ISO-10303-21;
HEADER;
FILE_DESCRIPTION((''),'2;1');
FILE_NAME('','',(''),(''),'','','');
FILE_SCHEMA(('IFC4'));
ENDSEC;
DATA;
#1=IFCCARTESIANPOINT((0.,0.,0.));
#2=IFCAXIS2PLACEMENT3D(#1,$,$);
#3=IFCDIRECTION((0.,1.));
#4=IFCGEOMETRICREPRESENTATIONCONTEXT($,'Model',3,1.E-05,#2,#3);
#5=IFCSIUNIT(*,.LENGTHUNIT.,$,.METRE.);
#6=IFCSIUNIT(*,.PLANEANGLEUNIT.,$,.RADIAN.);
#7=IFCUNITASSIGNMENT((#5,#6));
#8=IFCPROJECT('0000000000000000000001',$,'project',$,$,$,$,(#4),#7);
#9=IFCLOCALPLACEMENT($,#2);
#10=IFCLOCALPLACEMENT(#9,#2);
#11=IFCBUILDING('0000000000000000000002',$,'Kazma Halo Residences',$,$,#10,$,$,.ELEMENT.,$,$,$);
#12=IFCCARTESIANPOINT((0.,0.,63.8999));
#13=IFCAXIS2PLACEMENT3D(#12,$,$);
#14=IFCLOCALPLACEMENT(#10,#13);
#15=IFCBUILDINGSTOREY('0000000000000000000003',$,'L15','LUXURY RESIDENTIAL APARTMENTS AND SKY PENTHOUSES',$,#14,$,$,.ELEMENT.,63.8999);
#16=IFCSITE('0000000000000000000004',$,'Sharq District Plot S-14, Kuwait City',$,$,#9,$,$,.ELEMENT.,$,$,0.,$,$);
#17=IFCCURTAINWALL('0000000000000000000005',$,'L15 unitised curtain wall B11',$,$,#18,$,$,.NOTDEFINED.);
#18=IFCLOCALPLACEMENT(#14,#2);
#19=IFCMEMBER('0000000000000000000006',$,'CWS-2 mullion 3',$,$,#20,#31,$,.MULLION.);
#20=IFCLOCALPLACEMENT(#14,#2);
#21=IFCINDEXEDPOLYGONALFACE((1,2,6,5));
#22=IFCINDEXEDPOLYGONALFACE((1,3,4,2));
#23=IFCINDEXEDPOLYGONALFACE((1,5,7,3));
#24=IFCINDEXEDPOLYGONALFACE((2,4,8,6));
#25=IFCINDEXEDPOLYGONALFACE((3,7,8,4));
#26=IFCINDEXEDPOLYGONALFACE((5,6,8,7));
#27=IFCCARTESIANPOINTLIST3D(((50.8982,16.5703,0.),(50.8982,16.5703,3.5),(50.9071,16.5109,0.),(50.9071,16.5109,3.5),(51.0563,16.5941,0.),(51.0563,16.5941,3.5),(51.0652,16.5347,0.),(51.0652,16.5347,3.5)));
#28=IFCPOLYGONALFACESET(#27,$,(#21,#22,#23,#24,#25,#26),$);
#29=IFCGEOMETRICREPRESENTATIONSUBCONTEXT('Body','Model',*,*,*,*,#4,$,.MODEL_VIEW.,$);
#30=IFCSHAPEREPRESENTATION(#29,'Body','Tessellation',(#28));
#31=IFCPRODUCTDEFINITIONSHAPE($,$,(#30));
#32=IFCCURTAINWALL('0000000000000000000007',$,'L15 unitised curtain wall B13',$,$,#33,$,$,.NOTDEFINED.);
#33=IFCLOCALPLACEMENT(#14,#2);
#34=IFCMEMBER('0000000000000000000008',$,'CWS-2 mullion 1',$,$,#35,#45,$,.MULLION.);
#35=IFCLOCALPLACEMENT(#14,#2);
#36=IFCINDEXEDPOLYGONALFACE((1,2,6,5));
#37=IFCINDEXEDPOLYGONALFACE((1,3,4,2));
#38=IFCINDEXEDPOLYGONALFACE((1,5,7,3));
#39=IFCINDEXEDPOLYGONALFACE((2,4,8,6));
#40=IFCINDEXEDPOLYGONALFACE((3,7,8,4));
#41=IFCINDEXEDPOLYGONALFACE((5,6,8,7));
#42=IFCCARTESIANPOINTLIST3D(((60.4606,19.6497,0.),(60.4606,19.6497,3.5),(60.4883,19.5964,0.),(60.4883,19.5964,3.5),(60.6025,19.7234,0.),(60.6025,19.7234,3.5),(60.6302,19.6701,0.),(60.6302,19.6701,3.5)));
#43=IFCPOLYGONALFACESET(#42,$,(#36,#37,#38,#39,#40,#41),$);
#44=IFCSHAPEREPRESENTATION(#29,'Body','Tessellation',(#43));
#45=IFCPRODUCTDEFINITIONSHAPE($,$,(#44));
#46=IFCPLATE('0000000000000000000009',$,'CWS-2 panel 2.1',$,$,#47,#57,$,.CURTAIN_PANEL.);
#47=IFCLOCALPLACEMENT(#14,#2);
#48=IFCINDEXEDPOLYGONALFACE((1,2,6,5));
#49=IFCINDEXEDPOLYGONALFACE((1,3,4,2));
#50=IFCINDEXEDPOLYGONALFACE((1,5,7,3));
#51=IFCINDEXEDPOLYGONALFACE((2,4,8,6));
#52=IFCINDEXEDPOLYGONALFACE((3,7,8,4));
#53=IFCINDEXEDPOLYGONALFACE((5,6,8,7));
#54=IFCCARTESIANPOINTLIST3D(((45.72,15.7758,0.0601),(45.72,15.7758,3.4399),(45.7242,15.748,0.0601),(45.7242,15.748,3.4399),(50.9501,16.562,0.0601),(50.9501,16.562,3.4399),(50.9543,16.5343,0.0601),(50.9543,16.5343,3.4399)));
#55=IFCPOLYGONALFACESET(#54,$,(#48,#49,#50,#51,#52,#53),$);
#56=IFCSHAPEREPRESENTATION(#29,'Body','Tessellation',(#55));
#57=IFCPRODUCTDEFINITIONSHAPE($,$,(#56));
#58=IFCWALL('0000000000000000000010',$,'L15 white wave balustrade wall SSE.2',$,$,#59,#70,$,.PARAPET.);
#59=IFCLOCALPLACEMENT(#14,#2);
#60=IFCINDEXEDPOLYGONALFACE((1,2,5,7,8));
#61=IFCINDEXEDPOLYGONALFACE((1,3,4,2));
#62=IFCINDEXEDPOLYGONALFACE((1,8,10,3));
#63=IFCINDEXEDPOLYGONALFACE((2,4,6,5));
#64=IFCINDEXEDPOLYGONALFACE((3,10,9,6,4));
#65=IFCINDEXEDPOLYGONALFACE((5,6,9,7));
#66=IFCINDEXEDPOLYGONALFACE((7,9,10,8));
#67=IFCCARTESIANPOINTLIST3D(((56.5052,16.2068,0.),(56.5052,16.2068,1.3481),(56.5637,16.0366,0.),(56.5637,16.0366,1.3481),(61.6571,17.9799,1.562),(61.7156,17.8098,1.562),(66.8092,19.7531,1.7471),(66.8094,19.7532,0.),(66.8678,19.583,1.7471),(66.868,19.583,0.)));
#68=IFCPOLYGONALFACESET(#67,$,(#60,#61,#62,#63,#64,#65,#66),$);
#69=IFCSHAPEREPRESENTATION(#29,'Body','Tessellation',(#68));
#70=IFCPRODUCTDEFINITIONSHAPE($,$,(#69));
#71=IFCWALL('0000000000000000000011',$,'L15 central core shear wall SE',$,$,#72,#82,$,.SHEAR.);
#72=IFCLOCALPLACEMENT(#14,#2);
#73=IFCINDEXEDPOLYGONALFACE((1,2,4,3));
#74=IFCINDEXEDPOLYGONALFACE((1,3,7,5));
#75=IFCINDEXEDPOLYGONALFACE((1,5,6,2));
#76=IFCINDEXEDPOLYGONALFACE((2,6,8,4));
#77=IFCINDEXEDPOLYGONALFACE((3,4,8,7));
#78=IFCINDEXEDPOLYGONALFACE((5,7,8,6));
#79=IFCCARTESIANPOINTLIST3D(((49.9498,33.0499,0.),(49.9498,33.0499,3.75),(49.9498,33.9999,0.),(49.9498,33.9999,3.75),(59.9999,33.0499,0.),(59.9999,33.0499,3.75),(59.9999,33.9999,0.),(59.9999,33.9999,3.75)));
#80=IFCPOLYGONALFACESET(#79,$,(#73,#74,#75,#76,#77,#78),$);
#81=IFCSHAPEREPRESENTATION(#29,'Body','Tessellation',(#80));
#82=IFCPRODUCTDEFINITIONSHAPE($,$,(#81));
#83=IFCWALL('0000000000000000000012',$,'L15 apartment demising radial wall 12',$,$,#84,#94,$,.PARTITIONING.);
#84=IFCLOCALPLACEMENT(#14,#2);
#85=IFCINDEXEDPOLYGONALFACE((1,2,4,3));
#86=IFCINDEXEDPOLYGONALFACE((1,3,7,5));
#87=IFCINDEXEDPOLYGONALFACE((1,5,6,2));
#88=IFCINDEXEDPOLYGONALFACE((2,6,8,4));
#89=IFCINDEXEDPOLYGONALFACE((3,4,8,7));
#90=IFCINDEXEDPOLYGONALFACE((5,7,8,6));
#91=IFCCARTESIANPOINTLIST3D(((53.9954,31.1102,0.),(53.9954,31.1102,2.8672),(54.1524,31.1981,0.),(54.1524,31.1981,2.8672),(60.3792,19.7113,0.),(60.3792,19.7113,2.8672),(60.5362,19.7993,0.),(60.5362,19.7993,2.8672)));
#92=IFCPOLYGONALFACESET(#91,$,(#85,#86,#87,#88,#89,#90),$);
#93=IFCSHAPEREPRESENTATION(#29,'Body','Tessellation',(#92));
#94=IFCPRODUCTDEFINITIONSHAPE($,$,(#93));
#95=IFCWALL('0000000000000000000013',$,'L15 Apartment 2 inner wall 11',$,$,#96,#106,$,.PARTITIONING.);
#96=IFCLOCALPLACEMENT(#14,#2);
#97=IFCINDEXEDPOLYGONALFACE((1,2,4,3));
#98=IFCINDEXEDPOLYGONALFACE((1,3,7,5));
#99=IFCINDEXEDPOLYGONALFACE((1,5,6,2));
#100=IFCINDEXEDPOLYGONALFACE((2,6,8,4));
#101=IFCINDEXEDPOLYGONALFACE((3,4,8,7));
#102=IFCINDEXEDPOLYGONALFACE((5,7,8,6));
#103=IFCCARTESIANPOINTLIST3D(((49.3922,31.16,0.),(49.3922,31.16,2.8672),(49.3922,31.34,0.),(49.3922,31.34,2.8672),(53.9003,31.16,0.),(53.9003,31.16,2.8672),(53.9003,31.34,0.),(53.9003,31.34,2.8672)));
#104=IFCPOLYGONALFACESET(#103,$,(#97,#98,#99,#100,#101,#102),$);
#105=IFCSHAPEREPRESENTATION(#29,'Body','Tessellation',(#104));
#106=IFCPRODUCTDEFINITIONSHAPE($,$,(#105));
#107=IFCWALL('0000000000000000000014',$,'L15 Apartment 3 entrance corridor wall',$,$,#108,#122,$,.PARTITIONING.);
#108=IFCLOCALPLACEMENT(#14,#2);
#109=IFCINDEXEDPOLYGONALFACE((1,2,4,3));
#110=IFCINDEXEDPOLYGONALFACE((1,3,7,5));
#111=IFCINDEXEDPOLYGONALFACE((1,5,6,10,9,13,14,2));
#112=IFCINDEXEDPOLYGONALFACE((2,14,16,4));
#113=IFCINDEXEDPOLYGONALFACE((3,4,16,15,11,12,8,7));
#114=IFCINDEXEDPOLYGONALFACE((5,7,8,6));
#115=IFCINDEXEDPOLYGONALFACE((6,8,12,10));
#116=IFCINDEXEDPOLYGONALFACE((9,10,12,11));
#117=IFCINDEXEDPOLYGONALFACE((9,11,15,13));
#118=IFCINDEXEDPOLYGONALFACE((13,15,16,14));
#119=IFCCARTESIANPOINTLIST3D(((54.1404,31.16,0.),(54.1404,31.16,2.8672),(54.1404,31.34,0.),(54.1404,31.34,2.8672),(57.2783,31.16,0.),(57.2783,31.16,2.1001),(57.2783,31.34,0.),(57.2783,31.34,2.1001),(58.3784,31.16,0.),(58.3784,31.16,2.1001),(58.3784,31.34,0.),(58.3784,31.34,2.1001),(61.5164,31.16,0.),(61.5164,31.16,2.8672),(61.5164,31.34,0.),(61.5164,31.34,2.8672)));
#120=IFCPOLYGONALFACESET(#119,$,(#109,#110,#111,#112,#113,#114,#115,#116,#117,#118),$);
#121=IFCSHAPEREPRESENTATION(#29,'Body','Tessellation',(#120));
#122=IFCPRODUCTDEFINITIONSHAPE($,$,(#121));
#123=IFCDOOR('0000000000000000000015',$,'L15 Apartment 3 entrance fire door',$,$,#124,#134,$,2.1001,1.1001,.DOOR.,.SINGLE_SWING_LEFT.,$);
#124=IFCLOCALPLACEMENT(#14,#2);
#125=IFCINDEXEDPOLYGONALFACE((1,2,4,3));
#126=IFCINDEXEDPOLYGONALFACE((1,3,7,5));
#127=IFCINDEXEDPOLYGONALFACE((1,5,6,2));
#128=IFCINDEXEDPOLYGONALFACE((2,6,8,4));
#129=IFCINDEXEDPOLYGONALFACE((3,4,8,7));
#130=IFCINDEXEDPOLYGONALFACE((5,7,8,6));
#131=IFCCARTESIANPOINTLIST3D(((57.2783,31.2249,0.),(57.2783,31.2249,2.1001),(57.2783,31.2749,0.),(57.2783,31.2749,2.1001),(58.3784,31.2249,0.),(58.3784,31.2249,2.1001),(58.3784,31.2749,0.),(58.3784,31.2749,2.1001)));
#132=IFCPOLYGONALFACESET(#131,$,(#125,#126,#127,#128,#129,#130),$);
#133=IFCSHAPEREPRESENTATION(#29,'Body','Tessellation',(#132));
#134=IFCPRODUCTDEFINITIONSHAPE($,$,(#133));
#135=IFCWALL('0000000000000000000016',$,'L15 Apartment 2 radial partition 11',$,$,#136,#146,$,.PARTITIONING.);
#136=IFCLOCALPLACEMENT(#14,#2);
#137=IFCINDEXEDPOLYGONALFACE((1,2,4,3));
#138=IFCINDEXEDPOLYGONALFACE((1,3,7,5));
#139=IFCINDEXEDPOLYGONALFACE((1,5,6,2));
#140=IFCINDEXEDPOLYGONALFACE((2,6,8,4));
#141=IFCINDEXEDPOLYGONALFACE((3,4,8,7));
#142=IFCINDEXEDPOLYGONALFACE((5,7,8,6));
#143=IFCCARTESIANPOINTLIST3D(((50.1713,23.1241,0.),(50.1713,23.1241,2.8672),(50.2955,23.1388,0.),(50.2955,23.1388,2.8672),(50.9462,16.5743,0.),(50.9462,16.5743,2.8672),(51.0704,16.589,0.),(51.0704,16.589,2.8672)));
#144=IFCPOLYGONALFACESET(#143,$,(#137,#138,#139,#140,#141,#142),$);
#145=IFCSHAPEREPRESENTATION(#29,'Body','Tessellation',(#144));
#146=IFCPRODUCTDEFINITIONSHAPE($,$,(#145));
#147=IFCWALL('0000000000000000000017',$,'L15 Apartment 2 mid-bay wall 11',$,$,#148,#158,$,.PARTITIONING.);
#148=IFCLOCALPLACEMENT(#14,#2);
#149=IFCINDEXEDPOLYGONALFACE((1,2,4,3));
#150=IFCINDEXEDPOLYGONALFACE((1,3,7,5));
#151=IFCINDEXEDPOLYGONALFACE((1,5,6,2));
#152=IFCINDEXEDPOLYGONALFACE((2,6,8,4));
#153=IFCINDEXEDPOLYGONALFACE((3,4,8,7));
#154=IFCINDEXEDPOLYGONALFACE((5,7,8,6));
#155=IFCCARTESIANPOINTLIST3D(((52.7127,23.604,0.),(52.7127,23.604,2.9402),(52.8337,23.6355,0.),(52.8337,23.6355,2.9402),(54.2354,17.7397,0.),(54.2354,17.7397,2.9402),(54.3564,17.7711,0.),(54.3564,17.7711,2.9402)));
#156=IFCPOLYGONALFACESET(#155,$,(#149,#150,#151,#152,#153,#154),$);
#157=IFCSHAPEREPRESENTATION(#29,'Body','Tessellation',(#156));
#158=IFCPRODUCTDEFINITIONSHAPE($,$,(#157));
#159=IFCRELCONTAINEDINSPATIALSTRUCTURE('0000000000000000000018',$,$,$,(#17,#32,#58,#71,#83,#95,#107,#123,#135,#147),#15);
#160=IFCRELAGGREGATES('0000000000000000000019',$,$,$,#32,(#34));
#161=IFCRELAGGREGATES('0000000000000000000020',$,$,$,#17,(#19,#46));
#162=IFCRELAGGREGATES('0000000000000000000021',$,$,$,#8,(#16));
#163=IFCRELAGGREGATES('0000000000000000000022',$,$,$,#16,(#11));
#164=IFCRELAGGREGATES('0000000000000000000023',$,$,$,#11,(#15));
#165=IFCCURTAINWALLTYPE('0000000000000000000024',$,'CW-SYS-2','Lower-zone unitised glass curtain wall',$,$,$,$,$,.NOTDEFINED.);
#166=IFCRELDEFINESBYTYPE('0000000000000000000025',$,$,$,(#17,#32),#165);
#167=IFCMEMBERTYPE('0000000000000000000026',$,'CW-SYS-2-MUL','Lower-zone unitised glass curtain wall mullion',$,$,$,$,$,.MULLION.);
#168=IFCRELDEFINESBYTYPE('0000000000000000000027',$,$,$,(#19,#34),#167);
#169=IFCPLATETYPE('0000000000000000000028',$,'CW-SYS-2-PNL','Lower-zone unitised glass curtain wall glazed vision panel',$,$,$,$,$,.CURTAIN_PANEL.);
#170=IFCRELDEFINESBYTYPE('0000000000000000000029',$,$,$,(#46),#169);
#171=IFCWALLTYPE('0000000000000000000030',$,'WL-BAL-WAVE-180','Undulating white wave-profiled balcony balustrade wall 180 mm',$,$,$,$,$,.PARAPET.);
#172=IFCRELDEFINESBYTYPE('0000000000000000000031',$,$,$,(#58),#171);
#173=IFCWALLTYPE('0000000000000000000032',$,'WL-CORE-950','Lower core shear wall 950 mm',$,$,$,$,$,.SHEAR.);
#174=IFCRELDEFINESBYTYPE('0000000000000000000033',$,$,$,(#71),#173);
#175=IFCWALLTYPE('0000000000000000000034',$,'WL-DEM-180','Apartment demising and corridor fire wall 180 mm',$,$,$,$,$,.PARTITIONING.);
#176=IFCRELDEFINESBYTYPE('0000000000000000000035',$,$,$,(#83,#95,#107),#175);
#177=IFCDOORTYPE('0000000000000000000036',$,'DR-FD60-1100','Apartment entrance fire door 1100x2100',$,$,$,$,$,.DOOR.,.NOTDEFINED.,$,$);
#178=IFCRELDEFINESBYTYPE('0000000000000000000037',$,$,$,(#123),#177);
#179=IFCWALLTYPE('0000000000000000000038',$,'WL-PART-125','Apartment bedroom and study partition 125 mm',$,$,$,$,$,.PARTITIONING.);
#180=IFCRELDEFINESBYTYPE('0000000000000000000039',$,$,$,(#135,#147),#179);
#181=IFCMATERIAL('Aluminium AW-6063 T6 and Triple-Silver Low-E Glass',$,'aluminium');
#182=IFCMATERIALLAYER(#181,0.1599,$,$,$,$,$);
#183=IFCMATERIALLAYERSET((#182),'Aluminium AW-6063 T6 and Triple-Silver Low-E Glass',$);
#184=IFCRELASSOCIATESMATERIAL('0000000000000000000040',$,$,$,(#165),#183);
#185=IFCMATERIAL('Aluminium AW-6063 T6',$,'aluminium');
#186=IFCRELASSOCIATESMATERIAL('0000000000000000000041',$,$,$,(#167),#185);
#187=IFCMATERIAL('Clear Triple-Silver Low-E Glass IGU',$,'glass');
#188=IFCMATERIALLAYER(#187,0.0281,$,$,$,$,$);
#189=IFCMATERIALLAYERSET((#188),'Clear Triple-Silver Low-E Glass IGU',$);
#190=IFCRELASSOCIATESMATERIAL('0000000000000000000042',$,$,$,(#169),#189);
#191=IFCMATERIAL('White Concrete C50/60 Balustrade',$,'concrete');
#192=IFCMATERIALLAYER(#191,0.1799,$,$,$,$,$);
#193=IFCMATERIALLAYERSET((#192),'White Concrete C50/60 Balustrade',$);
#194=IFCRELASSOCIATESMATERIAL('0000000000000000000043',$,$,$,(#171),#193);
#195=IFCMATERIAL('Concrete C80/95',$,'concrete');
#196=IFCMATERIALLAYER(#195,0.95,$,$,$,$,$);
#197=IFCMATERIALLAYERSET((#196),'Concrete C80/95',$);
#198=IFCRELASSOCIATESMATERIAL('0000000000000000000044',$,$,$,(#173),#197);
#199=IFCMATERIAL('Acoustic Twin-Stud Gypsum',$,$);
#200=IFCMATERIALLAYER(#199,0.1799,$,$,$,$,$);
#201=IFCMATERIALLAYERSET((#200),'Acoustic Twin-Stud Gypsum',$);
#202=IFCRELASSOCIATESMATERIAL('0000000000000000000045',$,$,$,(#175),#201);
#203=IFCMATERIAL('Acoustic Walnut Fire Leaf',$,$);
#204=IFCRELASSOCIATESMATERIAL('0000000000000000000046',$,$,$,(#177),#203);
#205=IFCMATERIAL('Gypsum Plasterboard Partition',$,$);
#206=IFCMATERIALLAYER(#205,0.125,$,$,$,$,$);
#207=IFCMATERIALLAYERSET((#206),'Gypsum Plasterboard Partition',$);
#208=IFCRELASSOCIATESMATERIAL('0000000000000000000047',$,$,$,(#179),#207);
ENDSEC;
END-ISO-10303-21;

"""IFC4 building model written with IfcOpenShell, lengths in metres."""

from ifc_helpers import new_model, si_unit, direction, frame, frame_2d, origin, origin_2d, place, context, subcontext, project, spatial, polyline, rectangle, outline, extrude, material, layer, layer_set, material_profile, profile_set, type_object, element, fill, aggregate, save


model = new_model("IFC4")

# Units and contexts
model_context = context("Model", 3, precision=1e-05, world=origin(), true_north=direction((0.0, 1.0)))
body_context = subcontext(model_context, "Body", "Model", "MODEL_VIEW")
ifc_project = project(units=[si_unit("LENGTHUNIT", "METRE"), si_unit("PLANEANGLEUNIT", "RADIAN")], contexts=[model_context])

# Site, building, storey
site_placement = place(None, origin())
site = spatial("IfcSite", under=ifc_project, at=site_placement, Name="Sharq District Plot S-14, Kuwait City", CompositionType="ELEMENT", RefElevation=0.0)
building_placement = place(site_placement, origin())
building = spatial("IfcBuilding", under=site, at=building_placement, Name="Kazma Halo Residences", CompositionType="ELEMENT")
storey_placement = place(building_placement, frame((0.0, 0.0, 63.8999)))
storey = spatial("IfcBuildingStorey", under=building, at=storey_placement, Name="L15", Description="LUXURY RESIDENTIAL APARTMENTS AND SKY PENTHOUSES", CompositionType="ELEMENT", Elevation=63.8999)

# Shared definitions
ifc_material_1 = material(Name="Concrete C80/95", Category="concrete")

# Curtain walls, members
ifc_material_2 = material(Name="Aluminium AW-6063 T6 and Triple-Silver Low-E Glass", Category="aluminium")
ifc_layer_1 = layer(ifc_material_2, 0.1599)
ifc_layer_set_1 = layer_set([ifc_layer_1], Name="Aluminium AW-6063 T6 and Triple-Silver Low-E Glass")
curtain_wall_type = type_object("IfcCurtainWallType", Name="CW-SYS-2", Description="Lower-zone unitised glass curtain wall", PredefinedType="NOTDEFINED", material=ifc_layer_set_1)
curtain_wall_1_placement = place(storey_placement, origin())
curtain_wall_1 = element("IfcCurtainWall", 1, at=curtain_wall_1_placement, inside=storey, type_object=curtain_wall_type, Name="L15 unitised curtain wall B11", PredefinedType="NOTDEFINED")
ifc_material_3 = material(Name="Aluminium AW-6063 T6", Category="aluminium")
ifc_material_profile_1 = material_profile(ifc_material_3, rectangle(XDim=0.0601, YDim=0.1599, at=origin_2d()), Name="CWM-60x160")
ifc_profile_set_1 = profile_set([ifc_material_profile_1], Name="Aluminium AW-6063 T6")
member_type = type_object("IfcMemberType", Name="CW-SYS-2-MUL", Description="Lower-zone unitised glass curtain wall mullion", PredefinedType="MULLION", material=ifc_profile_set_1)
member_1_placement = place(storey_placement, frame((50.9817, 16.5525, 0.0), z_axis=(0.0, 0.0, 1.0), x_axis=(-0.148657, 0.988889, 0.0)))
member_1 = element("IfcMember", 2, at=member_1_placement, type_object=member_type, Name="CWS-2 mullion 3", PredefinedType="MULLION", context=body_context, shape_type="SweptSolid", body=[
    extrude(rectangle(XDim=0.0601, YDim=0.1599, at=origin_2d()), origin(), (0.0, 0.0, 1.0), 3.5),
])
curtain_wall_2_placement = place(storey_placement, origin())
curtain_wall_2 = element("IfcCurtainWall", 3, at=curtain_wall_2_placement, inside=storey, type_object=curtain_wall_type, Name="L15 unitised curtain wall B13", PredefinedType="NOTDEFINED")
member_2_placement = place(storey_placement, frame((60.5454, 19.6599, 0.0), z_axis=(0.0, 0.0, 1.0), x_axis=(-0.460996, 0.887402, 0.0)))
member_2 = element("IfcMember", 4, at=member_2_placement, type_object=member_type, Name="CWS-2 mullion 1", PredefinedType="MULLION", context=body_context, shape_type="SweptSolid", body=[
    extrude(rectangle(XDim=0.0601, YDim=0.1599, at=origin_2d()), origin(), (0.0, 0.0, 1.0), 3.5),
])
aggregate(curtain_wall_2, [member_2])

# Plate
ifc_material_4 = material(Name="Clear Triple-Silver Low-E Glass IGU", Category="glass")
ifc_layer_2 = layer(ifc_material_4, 0.0281)
ifc_layer_set_2 = layer_set([ifc_layer_2], Name="Clear Triple-Silver Low-E Glass IGU")
plate_type = type_object("IfcPlateType", Name="CW-SYS-2-PNL", Description="Lower-zone unitised glass curtain wall glazed vision panel", PredefinedType="CURTAIN_PANEL", material=ifc_layer_set_2)
plate_placement = place(storey_placement, frame((48.3372, 16.155, 0.0601), z_axis=(0.0, 0.0, 1.0), x_axis=(0.988889, 0.148657, 0.0)))
plate = element("IfcPlate", 5, at=plate_placement, type_object=plate_type, Name="CWS-2 panel 2.1", PredefinedType="CURTAIN_PANEL", context=body_context, shape_type="SweptSolid", body=[
    extrude(rectangle(XDim=5.2888, YDim=0.0281, at=origin_2d()), origin(), (0.0, 0.0, 1.0), 3.3799),
])
aggregate(curtain_wall_1, [member_1, plate])

# Walls
ifc_material_5 = material(Name="White Concrete C50/60 Balustrade", Category="concrete")
ifc_layer_3 = layer(ifc_material_5, 0.1799)
ifc_layer_set_3 = layer_set([ifc_layer_3], Name="White Concrete C50/60 Balustrade")
wall_type_1 = type_object("IfcWallType", Name="WL-BAL-WAVE-180", Description="Undulating white wave-profiled balcony balustrade wall 180 mm", PredefinedType="PARAPET", material=ifc_layer_set_3)
wall_1_placement = place(storey_placement, frame((56.5344, 16.1218, 0.0), z_axis=(0.0, 0.0, 1.0), x_axis=(0.945565, 0.325434, 0.0)))
element("IfcWall", 6, at=wall_1_placement, inside=storey, type_object=wall_type_1, Name="L15 white wave balustrade wall SSE.2", PredefinedType="PARAPET", context=body_context, shape_type="SweptSolid", body=[
    extrude(outline(polyline([(0.0, 0.0), (10.8975, 0.0), (10.8972, 1.7471), (5.4485, 1.562), (0.0, 1.3481), (0.0, 0.0)])), frame((0.0, 0.0898, 0.0), z_axis=(0.0, -1.0, 0.0), x_axis=(1.0, 0.0, 0.0)), (0.0, 0.0, 1.0), 0.1799),
])
ifc_layer_4 = layer(ifc_material_1, 0.95)
ifc_layer_set_4 = layer_set([ifc_layer_4], Name="Concrete C80/95")
wall_type_2 = type_object("IfcWallType", Name="WL-CORE-950", Description="Lower core shear wall 950 mm", PredefinedType="SHEAR", material=ifc_layer_set_4)
wall_2_placement = place(storey_placement, frame((49.95, 33.5249, 0.0), z_axis=(0.0, 0.0, 1.0), x_axis=(1.0, 0.0, 0.0)))
element("IfcWall", 7, at=wall_2_placement, inside=storey, type_object=wall_type_2, Name="L15 central core shear wall SE", PredefinedType="SHEAR", context=body_context, shape_type="SweptSolid", body=[
    extrude(rectangle(XDim=10.05, YDim=0.95, at=frame_2d((5.0249, 0.0))), origin(), (0.0, 0.0, 1.0), 3.75),
])
ifc_material_6 = material(Name="Acoustic Twin-Stud Gypsum")
ifc_layer_5 = layer(ifc_material_6, 0.1799)
ifc_layer_set_5 = layer_set([ifc_layer_5], Name="Acoustic Twin-Stud Gypsum")
wall_type_3 = type_object("IfcWallType", Name="WL-DEM-180", Description="Apartment demising and corridor fire wall 180 mm", PredefinedType="PARTITIONING", material=ifc_layer_set_5)
wall_3_placement = place(storey_placement, frame((54.074, 31.1541, 0.0), z_axis=(0.0, 0.0, 1.0), x_axis=(0.488626, -0.872493, 0.0)))
element("IfcWall", 8, at=wall_3_placement, inside=storey, type_object=wall_type_3, Name="L15 apartment demising radial wall 12", PredefinedType="PARTITIONING", context=body_context, shape_type="SweptSolid", body=[
    extrude(rectangle(XDim=13.0647, YDim=0.1799, at=frame_2d((6.5322, 0.0))), origin(), (0.0, 0.0, 1.0), 2.8672),
])
wall_4_placement = place(storey_placement, frame((49.3923, 31.25, 0.0), z_axis=(0.0, 0.0, 1.0), x_axis=(1.0, 0.0, 0.0)))
element("IfcWall", 9, at=wall_4_placement, inside=storey, type_object=wall_type_3, Name="L15 Apartment 2 inner wall 11", PredefinedType="PARTITIONING", context=body_context, shape_type="SweptSolid", body=[
    extrude(rectangle(XDim=4.5081, YDim=0.1799, at=frame_2d((2.2539, 0.0))), origin(), (0.0, 0.0, 1.0), 2.8672),
])

# Wall, opening, door
wall_5_placement = place(storey_placement, frame((54.1404, 31.25, 0.0), z_axis=(0.0, 0.0, 1.0), x_axis=(1.0, 0.0, 0.0)))
wall_5 = element("IfcWall", 10, at=wall_5_placement, inside=storey, type_object=wall_type_3, Name="L15 Apartment 3 entrance corridor wall", PredefinedType="PARTITIONING", context=body_context, shape_type="SweptSolid", body=[
    extrude(rectangle(XDim=7.376, YDim=0.1799, at=frame_2d((3.688, 0.0))), origin(), (0.0, 0.0, 1.0), 2.8672),
])
opening_1_placement = place(wall_5_placement, frame((3.1379, 0.0, 0.0)))
opening_1 = element("IfcOpeningElement", 11, at=opening_1_placement, cuts=wall_5, PredefinedType="OPENING", context=body_context, shape_type="SweptSolid", body=[
    extrude(rectangle(XDim=1.1001, YDim=2.1001, at=frame_2d((0.55, 1.05))), frame((0.0, 0.0999, 0.0), z_axis=(0.0, -1.0, 0.0), x_axis=(1.0, 0.0, 0.0)), (0.0, 0.0, 1.0), 0.2),
])
ifc_material_7 = material(Name="Acoustic Walnut Fire Leaf")
door_type_1 = type_object("IfcDoorType", Name="DR-FD60-1100", Description="Apartment entrance fire door 1100x2100", OperationType="NOTDEFINED", PredefinedType="DOOR", material=ifc_material_7)
door_1_placement = place(opening_1_placement, origin())
door_1 = element("IfcDoor", 12, at=door_1_placement, inside=storey, type_object=door_type_1, Name="L15 Apartment 3 entrance fire door", OperationType="SINGLE_SWING_LEFT", OverallHeight=2.1001, OverallWidth=1.1001, PredefinedType="DOOR", context=body_context, shape_type="SweptSolid", body=[
    extrude(rectangle(XDim=1.1001, YDim=2.1001, at=frame_2d((0.55, 1.05))), frame((0.0, 0.0249, 0.0), z_axis=(0.0, -1.0, 0.0), x_axis=(1.0, 0.0, 0.0)), (0.0, 0.0, 1.0), 0.05),
])
fill(opening_1, door_1)

# Walls
ifc_material_8 = material(Name="Gypsum Plasterboard Partition")
ifc_layer_6 = layer(ifc_material_8, 0.125)
ifc_layer_set_6 = layer_set([ifc_layer_6], Name="Gypsum Plasterboard Partition")
wall_type_4 = type_object("IfcWallType", Name="WL-PART-125", Description="Apartment bedroom and study partition 125 mm", PredefinedType="PARTITIONING", material=ifc_layer_set_6)
wall_6_placement = place(storey_placement, frame((50.2334, 23.1316, 0.0), z_axis=(0.0, 0.0, 1.0), x_axis=(0.11749, -0.993074, 0.0)))
element("IfcWall", 13, at=wall_6_placement, inside=storey, type_object=wall_type_4, Name="L15 Apartment 2 radial partition 11", PredefinedType="PARTITIONING", context=body_context, shape_type="SweptSolid", body=[
    extrude(rectangle(XDim=6.5955, YDim=0.125, at=frame_2d((3.2979, 0.0))), origin(), (0.0, 0.0, 1.0), 2.8672),
])
wall_7_placement = place(storey_placement, frame((52.7732, 23.6196, 0.0), z_axis=(0.0, 0.0, 1.0), x_axis=(0.251324, -0.967903, 0.0)))
element("IfcWall", 14, at=wall_7_placement, inside=storey, type_object=wall_type_4, Name="L15 Apartment 2 mid-bay wall 11", PredefinedType="PARTITIONING", context=body_context, shape_type="SweptSolid", body=[
    extrude(rectangle(XDim=6.0588, YDim=0.125, at=frame_2d((3.0293, 0.0))), origin(), (0.0, 0.0, 1.0), 2.9402),
])

save(model, "model.ifc")
